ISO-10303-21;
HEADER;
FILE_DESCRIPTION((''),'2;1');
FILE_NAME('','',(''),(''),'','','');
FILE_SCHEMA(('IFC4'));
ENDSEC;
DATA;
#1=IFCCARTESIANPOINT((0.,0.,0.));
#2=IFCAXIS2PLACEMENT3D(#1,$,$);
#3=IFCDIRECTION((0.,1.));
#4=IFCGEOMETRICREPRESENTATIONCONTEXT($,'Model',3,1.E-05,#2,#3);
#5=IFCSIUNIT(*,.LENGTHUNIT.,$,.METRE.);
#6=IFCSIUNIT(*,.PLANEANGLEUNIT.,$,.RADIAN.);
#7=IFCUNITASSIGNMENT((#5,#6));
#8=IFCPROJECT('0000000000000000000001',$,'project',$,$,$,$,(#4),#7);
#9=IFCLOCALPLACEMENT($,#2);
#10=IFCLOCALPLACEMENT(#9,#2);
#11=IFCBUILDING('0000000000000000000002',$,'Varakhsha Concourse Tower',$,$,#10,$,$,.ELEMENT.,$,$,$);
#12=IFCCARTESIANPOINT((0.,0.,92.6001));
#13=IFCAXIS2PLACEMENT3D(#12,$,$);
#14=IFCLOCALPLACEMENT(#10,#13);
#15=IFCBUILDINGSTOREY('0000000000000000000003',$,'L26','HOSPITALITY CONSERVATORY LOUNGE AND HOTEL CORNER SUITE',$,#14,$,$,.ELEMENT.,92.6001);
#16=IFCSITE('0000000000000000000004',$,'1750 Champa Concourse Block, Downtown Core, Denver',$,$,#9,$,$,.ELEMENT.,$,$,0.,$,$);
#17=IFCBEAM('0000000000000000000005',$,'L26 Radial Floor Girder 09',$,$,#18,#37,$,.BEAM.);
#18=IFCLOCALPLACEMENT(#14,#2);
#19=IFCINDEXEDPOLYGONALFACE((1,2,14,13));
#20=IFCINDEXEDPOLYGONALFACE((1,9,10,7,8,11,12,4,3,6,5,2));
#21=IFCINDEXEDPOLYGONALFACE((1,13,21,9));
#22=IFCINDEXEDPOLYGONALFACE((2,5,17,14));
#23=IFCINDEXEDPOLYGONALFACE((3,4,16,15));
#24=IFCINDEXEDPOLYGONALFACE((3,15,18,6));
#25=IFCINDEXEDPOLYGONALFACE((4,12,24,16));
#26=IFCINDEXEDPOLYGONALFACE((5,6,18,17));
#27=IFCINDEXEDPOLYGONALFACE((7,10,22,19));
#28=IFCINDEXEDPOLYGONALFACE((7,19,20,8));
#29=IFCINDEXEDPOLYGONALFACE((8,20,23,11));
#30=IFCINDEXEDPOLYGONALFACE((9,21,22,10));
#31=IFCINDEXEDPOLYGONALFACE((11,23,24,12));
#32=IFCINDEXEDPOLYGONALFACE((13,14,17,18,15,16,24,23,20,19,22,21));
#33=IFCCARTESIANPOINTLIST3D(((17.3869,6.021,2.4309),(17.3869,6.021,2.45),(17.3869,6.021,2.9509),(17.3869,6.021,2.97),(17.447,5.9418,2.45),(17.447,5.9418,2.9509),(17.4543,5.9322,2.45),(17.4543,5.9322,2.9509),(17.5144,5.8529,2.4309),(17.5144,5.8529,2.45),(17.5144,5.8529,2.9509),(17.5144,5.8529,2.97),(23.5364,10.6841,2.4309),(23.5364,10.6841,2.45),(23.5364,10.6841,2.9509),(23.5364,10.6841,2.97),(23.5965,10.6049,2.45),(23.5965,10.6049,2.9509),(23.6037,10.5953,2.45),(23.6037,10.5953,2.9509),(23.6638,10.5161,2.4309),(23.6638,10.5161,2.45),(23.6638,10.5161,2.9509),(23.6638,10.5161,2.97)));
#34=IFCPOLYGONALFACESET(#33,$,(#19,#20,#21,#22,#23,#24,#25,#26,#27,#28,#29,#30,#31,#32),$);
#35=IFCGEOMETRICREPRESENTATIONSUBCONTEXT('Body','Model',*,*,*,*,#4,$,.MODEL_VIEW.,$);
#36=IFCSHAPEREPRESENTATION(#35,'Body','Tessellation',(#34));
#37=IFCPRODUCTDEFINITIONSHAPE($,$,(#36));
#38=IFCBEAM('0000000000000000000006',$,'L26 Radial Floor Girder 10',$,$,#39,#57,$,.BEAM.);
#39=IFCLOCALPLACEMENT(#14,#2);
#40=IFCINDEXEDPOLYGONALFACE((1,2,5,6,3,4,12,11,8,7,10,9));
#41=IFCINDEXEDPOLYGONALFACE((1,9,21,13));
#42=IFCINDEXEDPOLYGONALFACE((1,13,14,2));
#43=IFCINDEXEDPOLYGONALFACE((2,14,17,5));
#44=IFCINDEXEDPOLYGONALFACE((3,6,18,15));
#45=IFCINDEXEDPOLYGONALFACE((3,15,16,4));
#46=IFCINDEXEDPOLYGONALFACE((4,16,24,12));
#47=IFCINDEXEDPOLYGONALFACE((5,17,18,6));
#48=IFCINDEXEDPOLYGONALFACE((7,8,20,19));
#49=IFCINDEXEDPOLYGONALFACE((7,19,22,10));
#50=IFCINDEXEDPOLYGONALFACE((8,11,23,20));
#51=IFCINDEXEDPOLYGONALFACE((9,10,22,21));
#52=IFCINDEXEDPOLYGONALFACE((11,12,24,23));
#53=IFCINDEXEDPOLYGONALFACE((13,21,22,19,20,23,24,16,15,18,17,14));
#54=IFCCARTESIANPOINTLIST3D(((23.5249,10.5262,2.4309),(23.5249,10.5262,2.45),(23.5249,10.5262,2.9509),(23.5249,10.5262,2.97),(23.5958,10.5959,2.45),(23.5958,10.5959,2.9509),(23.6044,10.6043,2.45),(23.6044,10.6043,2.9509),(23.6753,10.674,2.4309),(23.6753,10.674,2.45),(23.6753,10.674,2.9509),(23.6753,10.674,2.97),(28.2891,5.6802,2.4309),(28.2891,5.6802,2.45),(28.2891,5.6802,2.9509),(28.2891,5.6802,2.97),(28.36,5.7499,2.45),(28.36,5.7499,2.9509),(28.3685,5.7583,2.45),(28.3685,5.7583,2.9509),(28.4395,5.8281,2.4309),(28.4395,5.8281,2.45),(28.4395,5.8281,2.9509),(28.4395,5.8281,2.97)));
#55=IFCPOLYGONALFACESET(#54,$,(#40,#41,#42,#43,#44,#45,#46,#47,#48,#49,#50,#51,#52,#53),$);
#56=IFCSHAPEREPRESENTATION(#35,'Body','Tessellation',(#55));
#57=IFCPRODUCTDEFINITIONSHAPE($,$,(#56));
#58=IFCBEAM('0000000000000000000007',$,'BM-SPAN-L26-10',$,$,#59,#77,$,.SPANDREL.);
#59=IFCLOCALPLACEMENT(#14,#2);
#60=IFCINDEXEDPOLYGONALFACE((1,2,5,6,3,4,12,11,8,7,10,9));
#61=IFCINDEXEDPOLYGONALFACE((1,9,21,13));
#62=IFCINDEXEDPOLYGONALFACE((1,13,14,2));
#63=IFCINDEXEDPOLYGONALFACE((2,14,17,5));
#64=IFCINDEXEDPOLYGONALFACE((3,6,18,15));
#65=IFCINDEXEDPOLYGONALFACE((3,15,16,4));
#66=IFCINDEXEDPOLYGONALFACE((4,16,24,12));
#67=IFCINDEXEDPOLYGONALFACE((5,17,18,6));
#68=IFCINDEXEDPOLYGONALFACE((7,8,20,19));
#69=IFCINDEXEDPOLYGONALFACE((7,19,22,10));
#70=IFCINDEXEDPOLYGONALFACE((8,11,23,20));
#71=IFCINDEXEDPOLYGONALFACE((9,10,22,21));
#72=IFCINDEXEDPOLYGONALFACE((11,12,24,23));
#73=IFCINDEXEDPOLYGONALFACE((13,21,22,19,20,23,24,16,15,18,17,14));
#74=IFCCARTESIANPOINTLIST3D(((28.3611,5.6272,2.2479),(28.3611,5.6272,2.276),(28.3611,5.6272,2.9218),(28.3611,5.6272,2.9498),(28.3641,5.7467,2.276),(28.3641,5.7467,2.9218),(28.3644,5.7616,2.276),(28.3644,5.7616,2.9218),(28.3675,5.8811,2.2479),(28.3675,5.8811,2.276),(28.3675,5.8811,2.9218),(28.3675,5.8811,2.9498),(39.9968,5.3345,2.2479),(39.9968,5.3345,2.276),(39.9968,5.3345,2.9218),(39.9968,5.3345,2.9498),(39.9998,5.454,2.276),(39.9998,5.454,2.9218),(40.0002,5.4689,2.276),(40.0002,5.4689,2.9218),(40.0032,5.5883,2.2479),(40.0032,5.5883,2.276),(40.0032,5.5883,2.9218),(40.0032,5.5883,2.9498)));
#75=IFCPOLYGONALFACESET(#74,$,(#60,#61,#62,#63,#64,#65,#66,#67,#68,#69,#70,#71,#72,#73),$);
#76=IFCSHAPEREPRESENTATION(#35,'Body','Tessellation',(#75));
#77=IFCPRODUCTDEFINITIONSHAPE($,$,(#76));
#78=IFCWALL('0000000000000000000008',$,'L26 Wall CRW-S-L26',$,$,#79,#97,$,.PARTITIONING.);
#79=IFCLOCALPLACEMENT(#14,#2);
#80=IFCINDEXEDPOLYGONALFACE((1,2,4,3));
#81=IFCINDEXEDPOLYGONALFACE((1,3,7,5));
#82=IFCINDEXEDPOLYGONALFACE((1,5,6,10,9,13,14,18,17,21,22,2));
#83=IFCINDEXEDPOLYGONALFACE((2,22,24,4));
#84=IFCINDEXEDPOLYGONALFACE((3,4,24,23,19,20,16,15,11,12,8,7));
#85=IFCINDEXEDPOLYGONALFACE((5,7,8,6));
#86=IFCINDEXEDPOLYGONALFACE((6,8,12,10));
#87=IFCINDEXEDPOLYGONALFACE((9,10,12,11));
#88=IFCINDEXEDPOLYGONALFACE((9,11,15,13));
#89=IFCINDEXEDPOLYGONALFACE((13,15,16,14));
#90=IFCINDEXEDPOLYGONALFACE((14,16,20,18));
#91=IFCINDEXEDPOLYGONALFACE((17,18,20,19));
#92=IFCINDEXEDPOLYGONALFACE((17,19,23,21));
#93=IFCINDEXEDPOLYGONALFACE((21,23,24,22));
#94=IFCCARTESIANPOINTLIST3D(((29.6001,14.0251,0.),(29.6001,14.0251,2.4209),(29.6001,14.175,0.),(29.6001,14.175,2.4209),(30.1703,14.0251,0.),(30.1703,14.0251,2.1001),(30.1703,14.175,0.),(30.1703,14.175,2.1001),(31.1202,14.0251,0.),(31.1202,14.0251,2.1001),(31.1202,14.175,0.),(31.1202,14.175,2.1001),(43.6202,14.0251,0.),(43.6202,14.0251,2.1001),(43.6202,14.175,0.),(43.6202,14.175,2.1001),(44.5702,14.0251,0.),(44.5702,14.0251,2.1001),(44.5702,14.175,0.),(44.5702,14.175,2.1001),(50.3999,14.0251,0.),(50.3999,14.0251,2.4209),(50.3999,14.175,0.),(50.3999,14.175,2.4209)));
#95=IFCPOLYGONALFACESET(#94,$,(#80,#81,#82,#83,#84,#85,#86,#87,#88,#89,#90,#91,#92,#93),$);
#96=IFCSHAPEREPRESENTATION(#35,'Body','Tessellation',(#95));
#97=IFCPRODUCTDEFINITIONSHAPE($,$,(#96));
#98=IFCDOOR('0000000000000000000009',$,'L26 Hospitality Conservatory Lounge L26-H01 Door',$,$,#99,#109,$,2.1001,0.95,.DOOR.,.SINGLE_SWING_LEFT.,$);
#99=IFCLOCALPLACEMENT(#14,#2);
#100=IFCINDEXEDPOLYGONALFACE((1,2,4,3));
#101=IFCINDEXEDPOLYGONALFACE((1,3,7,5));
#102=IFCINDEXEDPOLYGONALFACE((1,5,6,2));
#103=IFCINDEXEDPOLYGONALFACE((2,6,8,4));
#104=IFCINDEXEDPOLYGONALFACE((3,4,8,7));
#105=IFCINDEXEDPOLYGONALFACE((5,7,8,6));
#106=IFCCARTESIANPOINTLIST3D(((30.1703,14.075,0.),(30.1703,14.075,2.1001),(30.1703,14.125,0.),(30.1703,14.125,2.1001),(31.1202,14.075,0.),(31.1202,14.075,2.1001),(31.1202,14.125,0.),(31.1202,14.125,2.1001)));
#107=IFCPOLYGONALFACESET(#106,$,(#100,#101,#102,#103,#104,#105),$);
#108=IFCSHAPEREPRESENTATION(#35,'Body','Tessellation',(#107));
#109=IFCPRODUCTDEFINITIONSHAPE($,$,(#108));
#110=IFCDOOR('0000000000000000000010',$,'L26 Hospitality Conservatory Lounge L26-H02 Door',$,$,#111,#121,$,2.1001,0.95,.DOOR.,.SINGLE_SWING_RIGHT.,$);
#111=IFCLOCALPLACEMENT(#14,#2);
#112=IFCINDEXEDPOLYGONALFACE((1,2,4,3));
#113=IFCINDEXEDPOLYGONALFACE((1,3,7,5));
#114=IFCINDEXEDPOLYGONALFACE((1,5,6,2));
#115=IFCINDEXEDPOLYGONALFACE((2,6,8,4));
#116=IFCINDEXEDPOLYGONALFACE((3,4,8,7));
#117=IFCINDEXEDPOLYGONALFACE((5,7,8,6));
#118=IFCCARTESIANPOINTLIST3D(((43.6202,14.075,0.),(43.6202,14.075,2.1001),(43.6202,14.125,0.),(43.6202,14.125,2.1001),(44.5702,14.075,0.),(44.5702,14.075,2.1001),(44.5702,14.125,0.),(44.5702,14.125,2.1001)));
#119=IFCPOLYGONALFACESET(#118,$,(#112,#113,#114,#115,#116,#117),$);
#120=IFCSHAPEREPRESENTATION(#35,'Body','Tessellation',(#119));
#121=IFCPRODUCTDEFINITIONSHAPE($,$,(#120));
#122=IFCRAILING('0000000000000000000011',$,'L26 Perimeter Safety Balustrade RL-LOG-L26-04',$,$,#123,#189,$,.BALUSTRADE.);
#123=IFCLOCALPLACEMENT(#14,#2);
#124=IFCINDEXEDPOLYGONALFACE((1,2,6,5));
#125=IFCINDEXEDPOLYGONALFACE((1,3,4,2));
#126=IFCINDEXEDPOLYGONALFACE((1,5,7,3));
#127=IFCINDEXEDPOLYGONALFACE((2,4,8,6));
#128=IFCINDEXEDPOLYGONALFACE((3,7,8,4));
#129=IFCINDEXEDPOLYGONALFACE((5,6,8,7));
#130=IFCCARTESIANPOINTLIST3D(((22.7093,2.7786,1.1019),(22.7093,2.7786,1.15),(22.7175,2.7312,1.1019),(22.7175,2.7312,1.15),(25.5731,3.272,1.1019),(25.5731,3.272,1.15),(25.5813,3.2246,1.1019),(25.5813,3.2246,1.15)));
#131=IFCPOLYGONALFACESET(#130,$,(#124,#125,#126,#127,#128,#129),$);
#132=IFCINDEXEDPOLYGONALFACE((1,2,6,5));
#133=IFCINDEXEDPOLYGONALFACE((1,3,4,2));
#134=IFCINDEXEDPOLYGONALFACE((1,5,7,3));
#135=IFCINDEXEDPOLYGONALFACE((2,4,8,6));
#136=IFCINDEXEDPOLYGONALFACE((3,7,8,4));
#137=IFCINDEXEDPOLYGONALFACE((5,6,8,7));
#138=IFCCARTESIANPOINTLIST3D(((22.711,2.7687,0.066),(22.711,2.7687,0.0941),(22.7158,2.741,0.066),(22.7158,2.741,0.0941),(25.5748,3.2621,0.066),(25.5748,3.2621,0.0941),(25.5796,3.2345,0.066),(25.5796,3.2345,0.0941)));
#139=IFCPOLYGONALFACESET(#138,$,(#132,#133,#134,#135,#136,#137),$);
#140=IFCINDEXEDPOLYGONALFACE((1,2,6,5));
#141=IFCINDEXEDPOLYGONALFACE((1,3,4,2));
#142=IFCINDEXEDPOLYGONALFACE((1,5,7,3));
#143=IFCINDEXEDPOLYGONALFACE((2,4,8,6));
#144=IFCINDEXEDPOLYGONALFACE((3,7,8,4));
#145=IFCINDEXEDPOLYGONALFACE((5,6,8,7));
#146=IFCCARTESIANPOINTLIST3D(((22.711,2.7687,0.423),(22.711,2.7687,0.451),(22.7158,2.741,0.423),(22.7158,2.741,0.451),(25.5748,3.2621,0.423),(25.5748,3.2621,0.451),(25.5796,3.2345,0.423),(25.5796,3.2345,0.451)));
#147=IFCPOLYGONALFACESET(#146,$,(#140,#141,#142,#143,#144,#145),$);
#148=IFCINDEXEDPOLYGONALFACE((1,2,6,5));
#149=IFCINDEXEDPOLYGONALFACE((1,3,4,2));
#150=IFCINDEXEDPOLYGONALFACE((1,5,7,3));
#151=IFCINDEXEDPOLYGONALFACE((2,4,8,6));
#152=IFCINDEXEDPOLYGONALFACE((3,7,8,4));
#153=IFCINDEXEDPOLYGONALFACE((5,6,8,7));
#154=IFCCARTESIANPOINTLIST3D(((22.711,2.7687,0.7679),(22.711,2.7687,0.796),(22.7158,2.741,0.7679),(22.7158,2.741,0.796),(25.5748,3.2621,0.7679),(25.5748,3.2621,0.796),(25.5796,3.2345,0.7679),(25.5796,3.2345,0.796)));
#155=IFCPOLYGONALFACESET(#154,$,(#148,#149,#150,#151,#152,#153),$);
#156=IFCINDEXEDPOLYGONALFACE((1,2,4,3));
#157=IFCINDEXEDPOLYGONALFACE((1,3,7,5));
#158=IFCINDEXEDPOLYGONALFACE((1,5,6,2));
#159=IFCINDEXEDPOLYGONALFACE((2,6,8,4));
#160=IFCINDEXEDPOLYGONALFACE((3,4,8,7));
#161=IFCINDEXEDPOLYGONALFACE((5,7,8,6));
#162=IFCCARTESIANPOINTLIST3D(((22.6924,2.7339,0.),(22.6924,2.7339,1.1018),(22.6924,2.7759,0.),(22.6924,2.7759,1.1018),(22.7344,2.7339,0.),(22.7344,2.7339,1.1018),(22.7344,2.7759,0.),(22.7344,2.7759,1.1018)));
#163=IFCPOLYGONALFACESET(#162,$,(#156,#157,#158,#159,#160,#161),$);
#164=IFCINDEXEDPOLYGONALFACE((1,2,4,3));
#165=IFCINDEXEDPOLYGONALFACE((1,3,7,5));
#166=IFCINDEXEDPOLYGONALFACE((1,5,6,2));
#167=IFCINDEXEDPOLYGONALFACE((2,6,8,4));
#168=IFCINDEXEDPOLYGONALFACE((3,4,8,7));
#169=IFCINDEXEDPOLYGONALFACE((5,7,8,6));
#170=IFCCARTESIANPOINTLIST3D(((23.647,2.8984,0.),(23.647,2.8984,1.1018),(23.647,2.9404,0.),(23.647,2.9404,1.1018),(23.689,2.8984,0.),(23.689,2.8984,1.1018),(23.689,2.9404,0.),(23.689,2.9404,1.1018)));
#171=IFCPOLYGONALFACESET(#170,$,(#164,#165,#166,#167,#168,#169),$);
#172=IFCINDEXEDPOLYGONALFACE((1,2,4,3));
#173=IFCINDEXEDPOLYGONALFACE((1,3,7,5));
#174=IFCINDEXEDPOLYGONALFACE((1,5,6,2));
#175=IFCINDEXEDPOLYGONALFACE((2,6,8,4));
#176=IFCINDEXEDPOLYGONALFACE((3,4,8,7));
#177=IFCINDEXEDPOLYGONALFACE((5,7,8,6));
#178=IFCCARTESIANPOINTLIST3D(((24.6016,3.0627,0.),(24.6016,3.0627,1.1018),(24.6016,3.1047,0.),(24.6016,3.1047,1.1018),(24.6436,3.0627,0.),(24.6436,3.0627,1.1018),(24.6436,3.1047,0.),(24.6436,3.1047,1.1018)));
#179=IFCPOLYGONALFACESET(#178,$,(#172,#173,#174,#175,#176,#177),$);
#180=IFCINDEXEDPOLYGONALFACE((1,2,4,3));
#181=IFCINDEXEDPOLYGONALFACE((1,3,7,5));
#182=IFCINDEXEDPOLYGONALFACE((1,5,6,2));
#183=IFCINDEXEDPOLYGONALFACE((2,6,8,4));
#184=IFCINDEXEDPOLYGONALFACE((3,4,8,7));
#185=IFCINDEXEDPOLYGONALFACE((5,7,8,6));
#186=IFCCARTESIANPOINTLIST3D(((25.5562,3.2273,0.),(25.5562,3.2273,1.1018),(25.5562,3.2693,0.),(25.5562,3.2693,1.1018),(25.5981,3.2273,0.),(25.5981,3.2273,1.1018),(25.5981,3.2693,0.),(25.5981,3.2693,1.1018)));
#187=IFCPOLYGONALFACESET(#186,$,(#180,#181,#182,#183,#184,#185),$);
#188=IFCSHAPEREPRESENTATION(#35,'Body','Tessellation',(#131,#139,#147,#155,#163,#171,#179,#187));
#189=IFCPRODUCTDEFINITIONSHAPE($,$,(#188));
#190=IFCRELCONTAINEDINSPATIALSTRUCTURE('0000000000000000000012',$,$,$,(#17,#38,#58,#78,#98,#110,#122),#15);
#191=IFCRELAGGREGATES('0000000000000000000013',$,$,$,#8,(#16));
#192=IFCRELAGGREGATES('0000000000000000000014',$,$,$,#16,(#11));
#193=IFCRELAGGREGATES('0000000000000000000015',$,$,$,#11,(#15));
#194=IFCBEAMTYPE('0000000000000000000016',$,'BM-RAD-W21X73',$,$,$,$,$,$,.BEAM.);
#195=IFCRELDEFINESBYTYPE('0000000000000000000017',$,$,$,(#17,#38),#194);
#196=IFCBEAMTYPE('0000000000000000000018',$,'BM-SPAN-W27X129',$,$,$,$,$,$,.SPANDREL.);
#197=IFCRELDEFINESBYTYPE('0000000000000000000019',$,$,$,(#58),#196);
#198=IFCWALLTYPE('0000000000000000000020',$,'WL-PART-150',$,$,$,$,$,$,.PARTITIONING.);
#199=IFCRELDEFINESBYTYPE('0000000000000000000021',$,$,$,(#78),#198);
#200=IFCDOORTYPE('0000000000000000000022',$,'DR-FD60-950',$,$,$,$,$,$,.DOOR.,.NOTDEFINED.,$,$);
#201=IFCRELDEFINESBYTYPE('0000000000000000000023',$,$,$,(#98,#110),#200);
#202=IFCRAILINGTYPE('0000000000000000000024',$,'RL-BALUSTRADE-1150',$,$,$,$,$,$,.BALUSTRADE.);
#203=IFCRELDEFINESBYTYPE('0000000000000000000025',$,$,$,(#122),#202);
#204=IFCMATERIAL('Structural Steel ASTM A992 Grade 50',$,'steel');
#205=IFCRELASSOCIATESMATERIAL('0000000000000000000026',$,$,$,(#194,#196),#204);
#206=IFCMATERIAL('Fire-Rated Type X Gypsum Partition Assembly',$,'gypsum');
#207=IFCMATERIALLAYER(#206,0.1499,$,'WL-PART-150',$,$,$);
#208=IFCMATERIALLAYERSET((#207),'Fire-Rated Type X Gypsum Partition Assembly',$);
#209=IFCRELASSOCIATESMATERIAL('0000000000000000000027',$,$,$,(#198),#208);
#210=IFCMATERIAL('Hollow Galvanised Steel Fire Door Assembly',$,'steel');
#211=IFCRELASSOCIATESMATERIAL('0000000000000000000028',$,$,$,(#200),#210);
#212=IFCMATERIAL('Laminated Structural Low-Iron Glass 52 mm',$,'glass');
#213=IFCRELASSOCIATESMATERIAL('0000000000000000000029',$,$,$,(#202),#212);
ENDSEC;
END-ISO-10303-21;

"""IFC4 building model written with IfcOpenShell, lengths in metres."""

from ifc_helpers import new_model, si_unit, direction, frame, frame_2d, origin, origin_2d, place, context, subcontext, project, spatial, rectangle, i_section, extrude, material, layer, layer_set, material_profile, profile_set, type_object, element, fill, save


model = new_model("IFC4")

# Units and contexts
model_context = context("Model", 3, precision=1e-05, world=origin(), true_north=direction((0.0, 1.0)))
body_context = subcontext(model_context, "Body", "Model", "MODEL_VIEW")
ifc_project = project(units=[si_unit("LENGTHUNIT", "METRE"), si_unit("PLANEANGLEUNIT", "RADIAN")], contexts=[model_context])

# Site, building, storey
site_placement = place(None, origin())
site = spatial("IfcSite", under=ifc_project, at=site_placement, Name="1750 Champa Concourse Block, Downtown Core, Denver", CompositionType="ELEMENT", RefElevation=0.0)
building_placement = place(site_placement, origin())
building = spatial("IfcBuilding", under=site, at=building_placement, Name="Varakhsha Concourse Tower", CompositionType="ELEMENT")
storey_placement = place(building_placement, frame((0.0, 0.0, 92.6001)))
storey = spatial("IfcBuildingStorey", under=building, at=storey_placement, Name="L26", Description="HOSPITALITY CONSERVATORY LOUNGE AND HOTEL CORNER SUITE", CompositionType="ELEMENT", Elevation=92.6001)

# Shared definitions
ifc_material_1 = material(Name="Structural Steel ASTM A992 Grade 50", Category="steel")

# Beams
ifc_material_profile_1 = material_profile(ifc_material_1, i_section(OverallWidth=0.2109, OverallDepth=0.5391, WebThickness=0.012, FlangeThickness=0.019, at=origin_2d()), Name="W21X73")
ifc_profile_set_1 = profile_set([ifc_material_profile_1], Name="Structural Steel ASTM A992 Grade 50")
beam_type_1 = type_object("IfcBeamType", Name="BM-RAD-W21X73", PredefinedType="BEAM", material=ifc_profile_set_1)
beam_1_placement = place(storey_placement, frame((23.6001, 10.6001, 2.7004), z_axis=(-0.796815, -0.604223, 0.0), x_axis=(0.604223, -0.796815, 0.0)))
element("IfcBeam", 1, at=beam_1_placement, inside=storey, type_object=beam_type_1, Name="L26 Radial Floor Girder 09", PredefinedType="BEAM", context=body_context, shape_type="SweptSolid", body=[
    extrude(i_section(OverallWidth=0.2109, OverallDepth=0.5391, WebThickness=0.012, FlangeThickness=0.019, at=origin_2d()), origin(), (0.0, 0.0, 1.0), 7.7175),
])
beam_2_placement = place(storey_placement, frame((23.6001, 10.6001, 2.7004), z_axis=(0.701064, -0.713099, 0.0), x_axis=(0.713099, 0.701064, 0.0)))
element("IfcBeam", 2, at=beam_2_placement, inside=storey, type_object=beam_type_1, Name="L26 Radial Floor Girder 10", PredefinedType="BEAM", context=body_context, shape_type="SweptSolid", body=[
    extrude(i_section(OverallWidth=0.2109, OverallDepth=0.5391, WebThickness=0.012, FlangeThickness=0.019, at=origin_2d()), origin(), (0.0, 0.0, 1.0), 6.7957),
])
ifc_material_profile_2 = material_profile(ifc_material_1, i_section(OverallWidth=0.2539, OverallDepth=0.7019, WebThickness=0.0149, FlangeThickness=0.0281, at=origin_2d()), Name="W27X129")
ifc_profile_set_2 = profile_set([ifc_material_profile_2], Name="Structural Steel ASTM A992 Grade 50")
beam_type_2 = type_object("IfcBeamType", Name="BM-SPAN-W27X129", PredefinedType="SPANDREL", material=ifc_profile_set_2)
beam_3_placement = place(storey_placement, frame((28.3643, 5.7542, 2.5989), z_axis=(0.999684, -0.025149, 0.0), x_axis=(0.025149, 0.999684, 0.0)))
element("IfcBeam", 3, at=beam_3_placement, inside=storey, type_object=beam_type_2, Name="BM-SPAN-L26-10", PredefinedType="SPANDREL", context=body_context, shape_type="SweptSolid", body=[
    extrude(i_section(OverallWidth=0.2539, OverallDepth=0.7019, WebThickness=0.0149, FlangeThickness=0.0281, at=origin_2d()), origin(), (0.0, 0.0, 1.0), 11.6394),
])

# Wall, openings, doors
ifc_material_2 = material(Name="Fire-Rated Type X Gypsum Partition Assembly", Category="gypsum")
ifc_layer = layer(ifc_material_2, 0.1499, Name="WL-PART-150")
ifc_layer_set = layer_set([ifc_layer], Name="Fire-Rated Type X Gypsum Partition Assembly")
wall_type = type_object("IfcWallType", Name="WL-PART-150", PredefinedType="PARTITIONING", material=ifc_layer_set)
wall_placement = place(storey_placement, frame((29.6001, 14.1001, 0.0), z_axis=(0.0, 0.0, 1.0), x_axis=(1.0, 0.0, 0.0)))
wall = element("IfcWall", 4, at=wall_placement, inside=storey, type_object=wall_type, Name="L26 Wall CRW-S-L26", PredefinedType="PARTITIONING", context=body_context, shape_type="SweptSolid", body=[
    extrude(rectangle(XDim=20.7998, YDim=0.1499, at=frame_2d((10.3999, 0.0))), origin(), (0.0, 0.0, 1.0), 2.4209),
])
opening_1_placement = place(wall_placement, frame((0.5701, 0.0, 0.0)))
opening_1 = element("IfcOpeningElement", 5, at=opening_1_placement, cuts=wall, PredefinedType="OPENING", context=body_context, shape_type="SweptSolid", body=[
    extrude(rectangle(XDim=0.95, YDim=2.1001, at=frame_2d((0.4751, 1.05))), frame((0.0, 0.085, 0.0), z_axis=(0.0, -1.0, 0.0), x_axis=(1.0, 0.0, 0.0)), (0.0, 0.0, 1.0), 0.1699),
])
opening_2_placement = place(wall_placement, frame((14.02, 0.0, 0.0)))
opening_2 = element("IfcOpeningElement", 6, at=opening_2_placement, cuts=wall, PredefinedType="OPENING", context=body_context, shape_type="SweptSolid", body=[
    extrude(rectangle(XDim=0.95, YDim=2.1001, at=frame_2d((0.4751, 1.05))), frame((0.0, 0.085, 0.0), z_axis=(0.0, -1.0, 0.0), x_axis=(1.0, 0.0, 0.0)), (0.0, 0.0, 1.0), 0.1699),
])
ifc_material_3 = material(Name="Hollow Galvanised Steel Fire Door Assembly", Category="steel")
door_type = type_object("IfcDoorType", Name="DR-FD60-950", OperationType="NOTDEFINED", PredefinedType="DOOR", material=ifc_material_3)
door_1_placement = place(opening_1_placement, origin())
door_1 = element("IfcDoor", 7, at=door_1_placement, inside=storey, type_object=door_type, Name="L26 Hospitality Conservatory Lounge L26-H01 Door", OperationType="SINGLE_SWING_LEFT", OverallHeight=2.1001, OverallWidth=0.95, PredefinedType="DOOR", context=body_context, shape_type="SweptSolid", body=[
    extrude(rectangle(XDim=0.95, YDim=2.1001, at=frame_2d((0.4751, 1.05))), frame((0.0, 0.0249, 0.0), z_axis=(0.0, -1.0, 0.0), x_axis=(1.0, 0.0, 0.0)), (0.0, 0.0, 1.0), 0.05),
])
fill(opening_1, door_1)
door_2_placement = place(opening_2_placement, origin())
door_2 = element("IfcDoor", 8, at=door_2_placement, inside=storey, type_object=door_type, Name="L26 Hospitality Conservatory Lounge L26-H02 Door", OperationType="SINGLE_SWING_RIGHT", OverallHeight=2.1001, OverallWidth=0.95, PredefinedType="DOOR", context=body_context, shape_type="SweptSolid", body=[
    extrude(rectangle(XDim=0.95, YDim=2.1001, at=frame_2d((0.4751, 1.05))), frame((0.0, 0.0249, 0.0), z_axis=(0.0, -1.0, 0.0), x_axis=(1.0, 0.0, 0.0)), (0.0, 0.0, 1.0), 0.05),
])
fill(opening_2, door_2)

# Railing
ifc_material_4 = material(Name="Laminated Structural Low-Iron Glass 52 mm", Category="glass")
railing_type = type_object("IfcRailingType", Name="RL-BALUSTRADE-1150", PredefinedType="BALUSTRADE", material=ifc_material_4)
railing_1_placement = place(storey_placement, frame((22.7134, 2.7549, 0.0)))
element("IfcRailing", 9, at=railing_1_placement, inside=storey, type_object=railing_type, Name="L26 Perimeter Safety Balustrade RL-LOG-L26-04", PredefinedType="BALUSTRADE", context=body_context, shape_type="SweptSolid", body=[
    extrude(rectangle(XDim=0.0481, YDim=0.0481, at=origin_2d()), frame((0.0, 0.0, 1.126), z_axis=(0.98548, 0.169792, 0.0), x_axis=(-0.169792, 0.98548, 0.0)), (0.0, 0.0, 1.0), 2.906),
    extrude(rectangle(XDim=0.0281, YDim=0.0281, at=origin_2d()), frame((0.0, 0.0, 0.0801), z_axis=(0.98548, 0.169792, 0.0), x_axis=(-0.169792, 0.98548, 0.0)), (0.0, 0.0, 1.0), 2.906),
    extrude(rectangle(XDim=0.0281, YDim=0.0281, at=origin_2d()), frame((0.0, 0.0, 0.437), z_axis=(0.98548, 0.169792, 0.0), x_axis=(-0.169792, 0.98548, 0.0)), (0.0, 0.0, 1.0), 2.906),
    extrude(rectangle(XDim=0.0281, YDim=0.0281, at=origin_2d()), frame((0.0, 0.0, 0.782), z_axis=(0.98548, 0.169792, 0.0), x_axis=(-0.169792, 0.98548, 0.0)), (0.0, 0.0, 1.0), 2.906),
    extrude(rectangle(XDim=0.042, YDim=0.042, at=origin_2d()), origin(), (0.0, 0.0, 1.0), 1.1018),
    extrude(rectangle(XDim=0.042, YDim=0.042, at=origin_2d()), frame((0.9546, 0.1646, 0.0)), (0.0, 0.0, 1.0), 1.1018),
    extrude(rectangle(XDim=0.042, YDim=0.042, at=origin_2d()), frame((1.9092, 0.3289, 0.0)), (0.0, 0.0, 1.0), 1.1018),
    extrude(rectangle(XDim=0.042, YDim=0.042, at=origin_2d()), frame((2.8638, 0.4934, 0.0)), (0.0, 0.0, 1.0), 1.1018),
])

save(model, "model.ifc")
